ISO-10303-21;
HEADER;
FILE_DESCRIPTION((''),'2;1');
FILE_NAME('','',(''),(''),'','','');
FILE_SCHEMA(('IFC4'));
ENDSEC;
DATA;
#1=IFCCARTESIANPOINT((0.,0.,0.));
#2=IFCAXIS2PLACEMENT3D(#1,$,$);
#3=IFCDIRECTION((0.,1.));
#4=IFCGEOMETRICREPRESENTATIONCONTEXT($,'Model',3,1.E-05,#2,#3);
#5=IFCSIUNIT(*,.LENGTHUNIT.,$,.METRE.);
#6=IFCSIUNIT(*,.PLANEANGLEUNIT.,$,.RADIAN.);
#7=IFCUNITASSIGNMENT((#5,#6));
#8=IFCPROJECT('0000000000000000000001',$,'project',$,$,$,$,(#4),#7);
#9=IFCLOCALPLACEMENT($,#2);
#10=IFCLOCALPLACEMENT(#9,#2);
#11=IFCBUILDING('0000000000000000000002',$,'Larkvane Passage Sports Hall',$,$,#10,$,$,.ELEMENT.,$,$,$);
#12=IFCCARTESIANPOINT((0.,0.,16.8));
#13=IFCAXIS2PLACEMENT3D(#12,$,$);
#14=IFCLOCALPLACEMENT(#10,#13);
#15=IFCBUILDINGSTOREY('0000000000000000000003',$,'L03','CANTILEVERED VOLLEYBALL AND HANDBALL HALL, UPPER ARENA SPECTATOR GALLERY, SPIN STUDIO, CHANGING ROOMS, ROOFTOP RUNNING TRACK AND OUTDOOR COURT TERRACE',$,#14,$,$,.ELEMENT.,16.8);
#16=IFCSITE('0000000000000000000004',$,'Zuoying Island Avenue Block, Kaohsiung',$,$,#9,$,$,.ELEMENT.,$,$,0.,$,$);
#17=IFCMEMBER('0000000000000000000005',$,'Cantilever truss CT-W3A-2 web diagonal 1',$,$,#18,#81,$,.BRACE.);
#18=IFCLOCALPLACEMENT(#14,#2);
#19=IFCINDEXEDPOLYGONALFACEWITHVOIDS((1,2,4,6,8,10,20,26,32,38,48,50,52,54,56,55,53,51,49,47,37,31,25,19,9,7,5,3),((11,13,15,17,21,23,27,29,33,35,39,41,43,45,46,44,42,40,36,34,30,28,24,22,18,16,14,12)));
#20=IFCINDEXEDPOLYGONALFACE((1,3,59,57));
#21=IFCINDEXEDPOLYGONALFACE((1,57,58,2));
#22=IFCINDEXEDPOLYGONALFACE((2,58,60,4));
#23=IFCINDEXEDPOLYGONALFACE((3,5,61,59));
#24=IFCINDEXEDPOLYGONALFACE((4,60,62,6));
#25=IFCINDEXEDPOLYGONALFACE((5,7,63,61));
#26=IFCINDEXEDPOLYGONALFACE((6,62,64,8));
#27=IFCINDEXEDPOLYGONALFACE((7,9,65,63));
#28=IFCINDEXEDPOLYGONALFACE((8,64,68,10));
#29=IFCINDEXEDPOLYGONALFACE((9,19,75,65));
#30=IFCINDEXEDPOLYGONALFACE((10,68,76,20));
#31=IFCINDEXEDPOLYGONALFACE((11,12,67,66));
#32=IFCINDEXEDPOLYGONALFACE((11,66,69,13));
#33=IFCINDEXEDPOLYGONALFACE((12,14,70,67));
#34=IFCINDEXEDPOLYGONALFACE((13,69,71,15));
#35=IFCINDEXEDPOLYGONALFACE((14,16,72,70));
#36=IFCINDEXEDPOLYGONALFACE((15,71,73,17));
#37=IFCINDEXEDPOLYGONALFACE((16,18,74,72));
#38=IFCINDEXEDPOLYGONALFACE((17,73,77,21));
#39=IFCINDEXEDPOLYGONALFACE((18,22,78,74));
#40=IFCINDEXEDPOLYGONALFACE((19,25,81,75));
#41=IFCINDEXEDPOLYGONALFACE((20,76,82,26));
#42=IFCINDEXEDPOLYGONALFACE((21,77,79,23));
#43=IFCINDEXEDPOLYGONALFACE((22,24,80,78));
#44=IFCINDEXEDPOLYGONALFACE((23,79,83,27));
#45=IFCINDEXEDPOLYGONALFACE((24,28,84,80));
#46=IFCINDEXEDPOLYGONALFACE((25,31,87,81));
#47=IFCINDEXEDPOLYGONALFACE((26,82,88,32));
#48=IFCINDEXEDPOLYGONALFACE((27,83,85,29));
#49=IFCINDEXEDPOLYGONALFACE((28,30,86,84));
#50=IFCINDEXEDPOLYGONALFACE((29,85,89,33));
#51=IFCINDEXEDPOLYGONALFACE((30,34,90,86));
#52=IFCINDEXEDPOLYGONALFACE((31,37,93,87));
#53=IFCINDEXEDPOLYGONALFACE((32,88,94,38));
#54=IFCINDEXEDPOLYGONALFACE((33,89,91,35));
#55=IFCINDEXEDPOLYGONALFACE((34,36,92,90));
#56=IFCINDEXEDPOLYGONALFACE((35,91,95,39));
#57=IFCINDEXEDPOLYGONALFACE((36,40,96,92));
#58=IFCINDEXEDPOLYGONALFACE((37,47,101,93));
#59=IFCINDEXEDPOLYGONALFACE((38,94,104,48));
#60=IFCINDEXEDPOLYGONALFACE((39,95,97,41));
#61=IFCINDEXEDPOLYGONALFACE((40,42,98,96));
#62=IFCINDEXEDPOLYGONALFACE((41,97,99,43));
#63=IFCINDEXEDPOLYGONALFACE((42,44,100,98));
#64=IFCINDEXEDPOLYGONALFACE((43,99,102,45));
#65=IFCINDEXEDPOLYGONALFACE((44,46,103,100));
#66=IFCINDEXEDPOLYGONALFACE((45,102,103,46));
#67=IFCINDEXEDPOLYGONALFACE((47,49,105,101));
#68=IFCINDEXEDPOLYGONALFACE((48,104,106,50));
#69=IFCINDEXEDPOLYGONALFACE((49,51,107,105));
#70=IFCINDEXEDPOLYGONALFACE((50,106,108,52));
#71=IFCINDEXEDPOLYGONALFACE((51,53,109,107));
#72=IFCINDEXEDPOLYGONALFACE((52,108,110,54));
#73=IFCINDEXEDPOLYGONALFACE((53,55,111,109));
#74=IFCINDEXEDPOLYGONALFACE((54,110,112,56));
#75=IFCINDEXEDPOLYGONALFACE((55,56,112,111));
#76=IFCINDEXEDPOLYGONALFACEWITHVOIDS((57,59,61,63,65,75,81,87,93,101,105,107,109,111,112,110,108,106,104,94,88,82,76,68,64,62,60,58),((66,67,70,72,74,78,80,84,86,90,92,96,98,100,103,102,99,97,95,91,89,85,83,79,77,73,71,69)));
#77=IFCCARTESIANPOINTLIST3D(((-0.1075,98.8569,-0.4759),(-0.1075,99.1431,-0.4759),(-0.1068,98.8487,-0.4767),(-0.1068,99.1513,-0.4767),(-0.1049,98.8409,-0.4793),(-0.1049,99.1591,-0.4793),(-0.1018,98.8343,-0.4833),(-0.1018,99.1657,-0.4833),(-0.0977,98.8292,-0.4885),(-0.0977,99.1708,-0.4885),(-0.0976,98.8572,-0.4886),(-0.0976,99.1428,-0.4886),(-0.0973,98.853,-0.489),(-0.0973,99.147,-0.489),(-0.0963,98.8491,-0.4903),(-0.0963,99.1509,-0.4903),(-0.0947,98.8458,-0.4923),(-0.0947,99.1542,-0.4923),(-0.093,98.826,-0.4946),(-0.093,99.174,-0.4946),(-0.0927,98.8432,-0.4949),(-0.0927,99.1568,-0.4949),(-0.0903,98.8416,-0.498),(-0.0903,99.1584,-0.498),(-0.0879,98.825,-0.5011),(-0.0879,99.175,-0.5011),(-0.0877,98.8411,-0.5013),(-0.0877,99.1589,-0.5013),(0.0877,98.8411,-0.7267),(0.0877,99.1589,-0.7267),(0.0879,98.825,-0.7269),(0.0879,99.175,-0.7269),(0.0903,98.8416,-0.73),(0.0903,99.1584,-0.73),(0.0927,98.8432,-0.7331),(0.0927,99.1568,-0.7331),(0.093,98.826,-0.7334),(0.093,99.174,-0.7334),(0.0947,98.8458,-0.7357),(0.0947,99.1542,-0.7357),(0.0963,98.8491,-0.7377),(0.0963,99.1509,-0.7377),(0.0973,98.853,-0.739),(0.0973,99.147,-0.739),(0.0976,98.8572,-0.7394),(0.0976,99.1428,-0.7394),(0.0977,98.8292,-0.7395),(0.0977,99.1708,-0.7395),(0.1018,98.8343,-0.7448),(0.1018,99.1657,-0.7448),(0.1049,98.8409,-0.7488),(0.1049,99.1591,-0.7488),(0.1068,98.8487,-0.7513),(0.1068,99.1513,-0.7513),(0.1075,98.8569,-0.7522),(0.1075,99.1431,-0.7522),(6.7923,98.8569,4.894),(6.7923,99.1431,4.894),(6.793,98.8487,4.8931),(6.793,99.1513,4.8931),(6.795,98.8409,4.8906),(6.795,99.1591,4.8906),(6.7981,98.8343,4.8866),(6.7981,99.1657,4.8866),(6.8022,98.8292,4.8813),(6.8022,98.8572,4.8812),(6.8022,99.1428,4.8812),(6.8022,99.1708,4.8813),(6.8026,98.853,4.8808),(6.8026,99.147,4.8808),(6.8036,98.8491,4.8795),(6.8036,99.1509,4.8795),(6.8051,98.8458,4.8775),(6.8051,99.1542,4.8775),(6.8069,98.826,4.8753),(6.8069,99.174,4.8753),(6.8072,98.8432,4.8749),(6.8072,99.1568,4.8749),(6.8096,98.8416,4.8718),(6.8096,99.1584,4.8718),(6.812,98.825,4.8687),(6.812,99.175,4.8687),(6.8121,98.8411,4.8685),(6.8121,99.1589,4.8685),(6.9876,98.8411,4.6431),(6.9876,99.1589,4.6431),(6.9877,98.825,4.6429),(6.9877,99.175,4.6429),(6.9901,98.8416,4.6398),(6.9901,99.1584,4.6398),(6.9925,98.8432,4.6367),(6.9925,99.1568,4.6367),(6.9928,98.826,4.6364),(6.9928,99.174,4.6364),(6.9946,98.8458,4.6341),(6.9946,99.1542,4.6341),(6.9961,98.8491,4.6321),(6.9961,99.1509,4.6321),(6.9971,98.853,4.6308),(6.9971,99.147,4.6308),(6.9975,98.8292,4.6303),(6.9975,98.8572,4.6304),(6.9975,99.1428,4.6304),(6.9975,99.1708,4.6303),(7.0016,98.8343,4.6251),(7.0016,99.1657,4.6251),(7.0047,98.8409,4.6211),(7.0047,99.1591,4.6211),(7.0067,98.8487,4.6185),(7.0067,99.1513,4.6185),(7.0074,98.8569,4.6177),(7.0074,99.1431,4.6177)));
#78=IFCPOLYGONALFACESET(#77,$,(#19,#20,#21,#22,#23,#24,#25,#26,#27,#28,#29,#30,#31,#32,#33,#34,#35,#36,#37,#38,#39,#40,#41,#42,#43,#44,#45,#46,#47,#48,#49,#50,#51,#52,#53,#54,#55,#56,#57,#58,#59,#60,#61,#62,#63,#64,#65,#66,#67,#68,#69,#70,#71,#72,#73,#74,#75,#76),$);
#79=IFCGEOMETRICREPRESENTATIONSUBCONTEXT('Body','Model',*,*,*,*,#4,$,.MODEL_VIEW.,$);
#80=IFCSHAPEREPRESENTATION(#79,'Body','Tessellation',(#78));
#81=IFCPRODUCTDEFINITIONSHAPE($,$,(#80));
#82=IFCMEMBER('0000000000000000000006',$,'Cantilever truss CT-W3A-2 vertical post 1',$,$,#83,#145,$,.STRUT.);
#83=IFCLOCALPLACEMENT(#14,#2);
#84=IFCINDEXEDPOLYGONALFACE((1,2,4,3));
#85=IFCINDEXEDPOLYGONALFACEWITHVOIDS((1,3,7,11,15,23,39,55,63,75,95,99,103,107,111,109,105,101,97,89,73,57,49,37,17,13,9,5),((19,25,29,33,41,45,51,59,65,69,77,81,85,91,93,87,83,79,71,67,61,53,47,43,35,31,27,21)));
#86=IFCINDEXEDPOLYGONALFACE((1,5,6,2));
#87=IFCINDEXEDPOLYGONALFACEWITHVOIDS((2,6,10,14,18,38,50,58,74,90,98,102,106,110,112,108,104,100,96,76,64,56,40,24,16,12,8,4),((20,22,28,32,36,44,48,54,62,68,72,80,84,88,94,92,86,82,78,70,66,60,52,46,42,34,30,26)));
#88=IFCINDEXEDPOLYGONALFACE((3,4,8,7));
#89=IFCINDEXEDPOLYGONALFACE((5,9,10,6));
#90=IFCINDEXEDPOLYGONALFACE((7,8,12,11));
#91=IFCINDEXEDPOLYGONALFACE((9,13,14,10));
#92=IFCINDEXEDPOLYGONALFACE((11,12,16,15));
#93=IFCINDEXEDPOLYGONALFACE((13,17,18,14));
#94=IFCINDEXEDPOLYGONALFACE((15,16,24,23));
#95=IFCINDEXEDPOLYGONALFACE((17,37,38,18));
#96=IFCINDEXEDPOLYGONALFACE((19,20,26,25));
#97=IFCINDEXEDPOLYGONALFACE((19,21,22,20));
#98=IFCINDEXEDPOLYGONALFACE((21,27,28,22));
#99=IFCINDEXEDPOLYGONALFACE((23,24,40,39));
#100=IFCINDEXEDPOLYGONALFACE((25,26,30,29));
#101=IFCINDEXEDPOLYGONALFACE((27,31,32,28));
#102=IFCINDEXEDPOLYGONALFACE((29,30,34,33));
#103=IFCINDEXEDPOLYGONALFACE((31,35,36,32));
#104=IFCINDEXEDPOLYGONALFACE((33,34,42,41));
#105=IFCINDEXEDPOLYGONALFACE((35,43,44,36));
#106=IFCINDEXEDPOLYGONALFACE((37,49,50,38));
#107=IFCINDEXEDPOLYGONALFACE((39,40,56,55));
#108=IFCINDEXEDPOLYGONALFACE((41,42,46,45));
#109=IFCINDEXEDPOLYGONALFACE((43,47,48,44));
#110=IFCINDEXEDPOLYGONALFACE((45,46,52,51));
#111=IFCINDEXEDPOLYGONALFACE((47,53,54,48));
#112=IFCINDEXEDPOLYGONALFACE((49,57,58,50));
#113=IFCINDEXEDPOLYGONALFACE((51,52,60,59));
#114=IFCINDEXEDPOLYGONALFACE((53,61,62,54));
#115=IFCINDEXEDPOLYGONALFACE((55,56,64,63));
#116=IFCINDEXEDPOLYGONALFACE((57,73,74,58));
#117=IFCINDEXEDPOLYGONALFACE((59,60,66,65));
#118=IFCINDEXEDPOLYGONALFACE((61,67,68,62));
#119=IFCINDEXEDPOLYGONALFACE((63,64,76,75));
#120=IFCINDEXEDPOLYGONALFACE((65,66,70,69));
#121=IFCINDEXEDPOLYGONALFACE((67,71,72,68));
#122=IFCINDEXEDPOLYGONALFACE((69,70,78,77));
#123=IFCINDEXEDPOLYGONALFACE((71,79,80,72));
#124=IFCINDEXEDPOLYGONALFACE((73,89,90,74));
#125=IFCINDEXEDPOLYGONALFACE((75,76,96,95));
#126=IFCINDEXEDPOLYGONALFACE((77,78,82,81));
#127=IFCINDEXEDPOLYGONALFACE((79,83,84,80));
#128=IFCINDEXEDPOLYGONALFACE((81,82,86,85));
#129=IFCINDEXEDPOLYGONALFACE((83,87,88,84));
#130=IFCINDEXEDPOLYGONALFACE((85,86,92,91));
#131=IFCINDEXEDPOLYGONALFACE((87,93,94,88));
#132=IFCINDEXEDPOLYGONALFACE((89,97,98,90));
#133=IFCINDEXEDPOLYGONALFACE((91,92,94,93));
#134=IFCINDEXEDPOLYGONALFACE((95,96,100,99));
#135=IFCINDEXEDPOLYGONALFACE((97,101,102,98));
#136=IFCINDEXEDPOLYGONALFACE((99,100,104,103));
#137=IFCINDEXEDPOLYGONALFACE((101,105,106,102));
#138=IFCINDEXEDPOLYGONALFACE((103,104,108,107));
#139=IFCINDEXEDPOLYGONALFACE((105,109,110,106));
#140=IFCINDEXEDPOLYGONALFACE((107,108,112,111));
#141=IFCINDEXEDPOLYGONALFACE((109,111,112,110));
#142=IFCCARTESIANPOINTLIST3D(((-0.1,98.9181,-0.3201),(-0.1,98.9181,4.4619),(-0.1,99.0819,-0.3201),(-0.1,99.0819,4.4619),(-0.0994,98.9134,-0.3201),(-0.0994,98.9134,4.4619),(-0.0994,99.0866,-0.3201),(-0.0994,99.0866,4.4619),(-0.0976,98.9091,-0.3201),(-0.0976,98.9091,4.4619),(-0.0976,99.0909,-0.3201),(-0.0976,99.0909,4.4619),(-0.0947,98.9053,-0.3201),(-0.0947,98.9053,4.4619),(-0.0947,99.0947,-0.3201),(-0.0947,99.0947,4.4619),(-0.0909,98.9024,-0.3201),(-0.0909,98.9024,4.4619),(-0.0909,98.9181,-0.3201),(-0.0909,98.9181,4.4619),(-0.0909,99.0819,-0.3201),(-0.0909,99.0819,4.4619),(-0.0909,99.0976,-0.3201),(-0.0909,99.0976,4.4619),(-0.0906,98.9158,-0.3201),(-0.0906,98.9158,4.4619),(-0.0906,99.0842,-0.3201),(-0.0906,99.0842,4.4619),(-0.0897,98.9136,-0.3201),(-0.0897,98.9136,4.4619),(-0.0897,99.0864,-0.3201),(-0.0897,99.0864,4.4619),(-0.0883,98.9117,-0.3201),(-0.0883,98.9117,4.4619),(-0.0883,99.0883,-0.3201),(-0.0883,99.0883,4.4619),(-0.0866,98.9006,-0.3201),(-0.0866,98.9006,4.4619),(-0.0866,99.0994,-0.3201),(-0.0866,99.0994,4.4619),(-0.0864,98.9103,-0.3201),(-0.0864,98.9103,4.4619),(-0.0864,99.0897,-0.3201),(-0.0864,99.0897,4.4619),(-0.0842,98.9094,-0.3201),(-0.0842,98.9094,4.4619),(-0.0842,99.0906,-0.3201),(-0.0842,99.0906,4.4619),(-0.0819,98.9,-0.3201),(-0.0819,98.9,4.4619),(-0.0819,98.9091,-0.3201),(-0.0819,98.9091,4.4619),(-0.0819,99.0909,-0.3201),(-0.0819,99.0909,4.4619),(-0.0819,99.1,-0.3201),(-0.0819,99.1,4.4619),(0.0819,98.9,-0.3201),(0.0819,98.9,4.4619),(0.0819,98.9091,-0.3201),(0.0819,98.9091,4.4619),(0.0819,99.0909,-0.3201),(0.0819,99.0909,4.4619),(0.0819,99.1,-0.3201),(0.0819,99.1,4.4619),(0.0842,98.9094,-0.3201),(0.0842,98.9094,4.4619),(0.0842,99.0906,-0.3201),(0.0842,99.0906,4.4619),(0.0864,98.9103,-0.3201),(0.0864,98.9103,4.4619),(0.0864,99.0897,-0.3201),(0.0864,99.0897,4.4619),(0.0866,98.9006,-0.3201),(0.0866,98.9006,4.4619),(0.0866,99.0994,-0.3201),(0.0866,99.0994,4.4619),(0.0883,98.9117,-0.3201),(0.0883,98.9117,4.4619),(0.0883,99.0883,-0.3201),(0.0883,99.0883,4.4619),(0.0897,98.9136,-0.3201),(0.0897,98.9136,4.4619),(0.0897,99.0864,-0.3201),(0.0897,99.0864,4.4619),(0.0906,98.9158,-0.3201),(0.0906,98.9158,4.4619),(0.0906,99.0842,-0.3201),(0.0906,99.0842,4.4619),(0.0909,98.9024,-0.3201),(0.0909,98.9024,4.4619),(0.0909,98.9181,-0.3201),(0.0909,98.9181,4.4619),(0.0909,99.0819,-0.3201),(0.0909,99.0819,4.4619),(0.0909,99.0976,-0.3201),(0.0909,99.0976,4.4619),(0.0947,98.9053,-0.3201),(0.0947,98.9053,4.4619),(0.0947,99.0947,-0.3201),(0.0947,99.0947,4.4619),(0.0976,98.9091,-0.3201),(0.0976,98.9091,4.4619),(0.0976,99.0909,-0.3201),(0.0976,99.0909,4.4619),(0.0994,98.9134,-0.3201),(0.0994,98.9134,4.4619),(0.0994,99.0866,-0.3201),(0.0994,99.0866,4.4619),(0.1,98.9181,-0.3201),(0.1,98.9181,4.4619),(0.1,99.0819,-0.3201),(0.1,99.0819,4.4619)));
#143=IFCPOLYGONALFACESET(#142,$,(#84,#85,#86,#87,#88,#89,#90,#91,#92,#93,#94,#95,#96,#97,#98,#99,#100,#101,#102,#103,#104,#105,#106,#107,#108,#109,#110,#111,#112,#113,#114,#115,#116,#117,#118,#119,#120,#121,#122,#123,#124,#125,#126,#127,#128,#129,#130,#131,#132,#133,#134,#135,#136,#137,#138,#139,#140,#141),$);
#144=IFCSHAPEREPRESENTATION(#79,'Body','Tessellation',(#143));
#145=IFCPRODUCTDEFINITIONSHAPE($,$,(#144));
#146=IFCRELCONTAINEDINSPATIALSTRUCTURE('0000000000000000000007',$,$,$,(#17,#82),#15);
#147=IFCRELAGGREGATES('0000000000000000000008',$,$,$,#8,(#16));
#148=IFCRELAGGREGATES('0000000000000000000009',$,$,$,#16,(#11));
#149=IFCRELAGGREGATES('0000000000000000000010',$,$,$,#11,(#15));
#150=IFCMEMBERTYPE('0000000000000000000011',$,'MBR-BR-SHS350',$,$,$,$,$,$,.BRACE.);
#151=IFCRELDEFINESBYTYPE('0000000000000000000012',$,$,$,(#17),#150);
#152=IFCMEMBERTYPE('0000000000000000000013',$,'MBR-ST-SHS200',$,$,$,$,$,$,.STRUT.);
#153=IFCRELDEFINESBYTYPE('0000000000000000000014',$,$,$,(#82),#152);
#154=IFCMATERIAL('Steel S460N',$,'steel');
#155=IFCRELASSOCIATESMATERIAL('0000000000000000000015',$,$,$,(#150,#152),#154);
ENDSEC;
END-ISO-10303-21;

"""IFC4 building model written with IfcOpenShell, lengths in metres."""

from ifc_helpers import new_model, si_unit, direction, frame, origin, origin_2d, place, context, subcontext, project, spatial, hollow_rectangle, extrude, material, material_profile, profile_set, type_object, element, save


model = new_model("IFC4")

# Units and contexts
model_context = context("Model", 3, precision=1e-05, world=origin(), true_north=direction((0.0, 1.0)))
body_context = subcontext(model_context, "Body", "Model", "MODEL_VIEW")
ifc_project = project(units=[si_unit("LENGTHUNIT", "METRE"), si_unit("PLANEANGLEUNIT", "RADIAN")], contexts=[model_context])

# Site, building, storey
site_placement = place(None, origin())
site = spatial("IfcSite", under=ifc_project, at=site_placement, Name="Zuoying Island Avenue Block, Kaohsiung", CompositionType="ELEMENT", RefElevation=0.0)
building_placement = place(site_placement, origin())
building = spatial("IfcBuilding", under=site, at=building_placement, Name="Larkvane Passage Sports Hall", CompositionType="ELEMENT")
storey_placement = place(building_placement, frame((0.0, 0.0, 16.8)))
storey = spatial("IfcBuildingStorey", under=building, at=storey_placement, Name="L03", Description="CANTILEVERED VOLLEYBALL AND HANDBALL HALL, UPPER ARENA SPECTATOR GALLERY, SPIN STUDIO, CHANGING ROOMS, ROOFTOP RUNNING TRACK AND OUTDOOR COURT TERRACE", CompositionType="ELEMENT", Elevation=16.8)

# Shared definitions
ifc_material_1 = material(Name="Steel S460N", Category="steel")

# Members
ifc_material_profile_1 = material_profile(ifc_material_1, hollow_rectangle(XDim=0.3501, YDim=0.3501, WallThickness=0.0161, InnerFilletRadius=0.0161, OuterFilletRadius=0.032, at=origin_2d()), Name="SHS-350x350x16")
ifc_profile_set_1 = profile_set([ifc_material_profile_1], Name="Steel S460N")
member_type_1 = type_object("IfcMemberType", Name="MBR-BR-SHS350", PredefinedType="BRACE", material=ifc_profile_set_1)
member_1_placement = place(storey_placement, frame((0.0, 99.0, -0.614), z_axis=(0.78917, 0.0, 0.614174), x_axis=(0.0, 1.0, 0.0)))
element("IfcMember", 1, at=member_1_placement, inside=storey, type_object=member_type_1, Name="Cantilever truss CT-W3A-2 web diagonal 1", PredefinedType="BRACE", context=body_context, shape_type="SweptSolid", body=[
    extrude(hollow_rectangle(XDim=0.3501, YDim=0.3501, WallThickness=0.0161, InnerFilletRadius=0.0161, OuterFilletRadius=0.032, at=origin_2d()), origin(), (0.0, 0.0, 1.0), 8.7432),
])
ifc_material_profile_2 = material_profile(ifc_material_1, hollow_rectangle(XDim=0.2, YDim=0.2, WallThickness=0.009, InnerFilletRadius=0.009, OuterFilletRadius=0.0181, at=origin_2d()), Name="SHS-200x200x9")
ifc_profile_set_2 = profile_set([ifc_material_profile_2], Name="Steel S460N")
member_type_2 = type_object("IfcMemberType", Name="MBR-ST-SHS200", PredefinedType="STRUT", material=ifc_profile_set_2)
member_2_placement = place(storey_placement, frame((0.0, 99.0, -0.3201), z_axis=(0.0, 0.0, 1.0), x_axis=(1.0, 0.0, 0.0)))
element("IfcMember", 2, at=member_2_placement, inside=storey, type_object=member_type_2, Name="Cantilever truss CT-W3A-2 vertical post 1", PredefinedType="STRUT", context=body_context, shape_type="SweptSolid", body=[
    extrude(hollow_rectangle(XDim=0.2, YDim=0.2, WallThickness=0.009, InnerFilletRadius=0.009, OuterFilletRadius=0.0181, at=origin_2d()), origin(), (0.0, 0.0, 1.0), 4.782),
])

save(model, "model.ifc")
